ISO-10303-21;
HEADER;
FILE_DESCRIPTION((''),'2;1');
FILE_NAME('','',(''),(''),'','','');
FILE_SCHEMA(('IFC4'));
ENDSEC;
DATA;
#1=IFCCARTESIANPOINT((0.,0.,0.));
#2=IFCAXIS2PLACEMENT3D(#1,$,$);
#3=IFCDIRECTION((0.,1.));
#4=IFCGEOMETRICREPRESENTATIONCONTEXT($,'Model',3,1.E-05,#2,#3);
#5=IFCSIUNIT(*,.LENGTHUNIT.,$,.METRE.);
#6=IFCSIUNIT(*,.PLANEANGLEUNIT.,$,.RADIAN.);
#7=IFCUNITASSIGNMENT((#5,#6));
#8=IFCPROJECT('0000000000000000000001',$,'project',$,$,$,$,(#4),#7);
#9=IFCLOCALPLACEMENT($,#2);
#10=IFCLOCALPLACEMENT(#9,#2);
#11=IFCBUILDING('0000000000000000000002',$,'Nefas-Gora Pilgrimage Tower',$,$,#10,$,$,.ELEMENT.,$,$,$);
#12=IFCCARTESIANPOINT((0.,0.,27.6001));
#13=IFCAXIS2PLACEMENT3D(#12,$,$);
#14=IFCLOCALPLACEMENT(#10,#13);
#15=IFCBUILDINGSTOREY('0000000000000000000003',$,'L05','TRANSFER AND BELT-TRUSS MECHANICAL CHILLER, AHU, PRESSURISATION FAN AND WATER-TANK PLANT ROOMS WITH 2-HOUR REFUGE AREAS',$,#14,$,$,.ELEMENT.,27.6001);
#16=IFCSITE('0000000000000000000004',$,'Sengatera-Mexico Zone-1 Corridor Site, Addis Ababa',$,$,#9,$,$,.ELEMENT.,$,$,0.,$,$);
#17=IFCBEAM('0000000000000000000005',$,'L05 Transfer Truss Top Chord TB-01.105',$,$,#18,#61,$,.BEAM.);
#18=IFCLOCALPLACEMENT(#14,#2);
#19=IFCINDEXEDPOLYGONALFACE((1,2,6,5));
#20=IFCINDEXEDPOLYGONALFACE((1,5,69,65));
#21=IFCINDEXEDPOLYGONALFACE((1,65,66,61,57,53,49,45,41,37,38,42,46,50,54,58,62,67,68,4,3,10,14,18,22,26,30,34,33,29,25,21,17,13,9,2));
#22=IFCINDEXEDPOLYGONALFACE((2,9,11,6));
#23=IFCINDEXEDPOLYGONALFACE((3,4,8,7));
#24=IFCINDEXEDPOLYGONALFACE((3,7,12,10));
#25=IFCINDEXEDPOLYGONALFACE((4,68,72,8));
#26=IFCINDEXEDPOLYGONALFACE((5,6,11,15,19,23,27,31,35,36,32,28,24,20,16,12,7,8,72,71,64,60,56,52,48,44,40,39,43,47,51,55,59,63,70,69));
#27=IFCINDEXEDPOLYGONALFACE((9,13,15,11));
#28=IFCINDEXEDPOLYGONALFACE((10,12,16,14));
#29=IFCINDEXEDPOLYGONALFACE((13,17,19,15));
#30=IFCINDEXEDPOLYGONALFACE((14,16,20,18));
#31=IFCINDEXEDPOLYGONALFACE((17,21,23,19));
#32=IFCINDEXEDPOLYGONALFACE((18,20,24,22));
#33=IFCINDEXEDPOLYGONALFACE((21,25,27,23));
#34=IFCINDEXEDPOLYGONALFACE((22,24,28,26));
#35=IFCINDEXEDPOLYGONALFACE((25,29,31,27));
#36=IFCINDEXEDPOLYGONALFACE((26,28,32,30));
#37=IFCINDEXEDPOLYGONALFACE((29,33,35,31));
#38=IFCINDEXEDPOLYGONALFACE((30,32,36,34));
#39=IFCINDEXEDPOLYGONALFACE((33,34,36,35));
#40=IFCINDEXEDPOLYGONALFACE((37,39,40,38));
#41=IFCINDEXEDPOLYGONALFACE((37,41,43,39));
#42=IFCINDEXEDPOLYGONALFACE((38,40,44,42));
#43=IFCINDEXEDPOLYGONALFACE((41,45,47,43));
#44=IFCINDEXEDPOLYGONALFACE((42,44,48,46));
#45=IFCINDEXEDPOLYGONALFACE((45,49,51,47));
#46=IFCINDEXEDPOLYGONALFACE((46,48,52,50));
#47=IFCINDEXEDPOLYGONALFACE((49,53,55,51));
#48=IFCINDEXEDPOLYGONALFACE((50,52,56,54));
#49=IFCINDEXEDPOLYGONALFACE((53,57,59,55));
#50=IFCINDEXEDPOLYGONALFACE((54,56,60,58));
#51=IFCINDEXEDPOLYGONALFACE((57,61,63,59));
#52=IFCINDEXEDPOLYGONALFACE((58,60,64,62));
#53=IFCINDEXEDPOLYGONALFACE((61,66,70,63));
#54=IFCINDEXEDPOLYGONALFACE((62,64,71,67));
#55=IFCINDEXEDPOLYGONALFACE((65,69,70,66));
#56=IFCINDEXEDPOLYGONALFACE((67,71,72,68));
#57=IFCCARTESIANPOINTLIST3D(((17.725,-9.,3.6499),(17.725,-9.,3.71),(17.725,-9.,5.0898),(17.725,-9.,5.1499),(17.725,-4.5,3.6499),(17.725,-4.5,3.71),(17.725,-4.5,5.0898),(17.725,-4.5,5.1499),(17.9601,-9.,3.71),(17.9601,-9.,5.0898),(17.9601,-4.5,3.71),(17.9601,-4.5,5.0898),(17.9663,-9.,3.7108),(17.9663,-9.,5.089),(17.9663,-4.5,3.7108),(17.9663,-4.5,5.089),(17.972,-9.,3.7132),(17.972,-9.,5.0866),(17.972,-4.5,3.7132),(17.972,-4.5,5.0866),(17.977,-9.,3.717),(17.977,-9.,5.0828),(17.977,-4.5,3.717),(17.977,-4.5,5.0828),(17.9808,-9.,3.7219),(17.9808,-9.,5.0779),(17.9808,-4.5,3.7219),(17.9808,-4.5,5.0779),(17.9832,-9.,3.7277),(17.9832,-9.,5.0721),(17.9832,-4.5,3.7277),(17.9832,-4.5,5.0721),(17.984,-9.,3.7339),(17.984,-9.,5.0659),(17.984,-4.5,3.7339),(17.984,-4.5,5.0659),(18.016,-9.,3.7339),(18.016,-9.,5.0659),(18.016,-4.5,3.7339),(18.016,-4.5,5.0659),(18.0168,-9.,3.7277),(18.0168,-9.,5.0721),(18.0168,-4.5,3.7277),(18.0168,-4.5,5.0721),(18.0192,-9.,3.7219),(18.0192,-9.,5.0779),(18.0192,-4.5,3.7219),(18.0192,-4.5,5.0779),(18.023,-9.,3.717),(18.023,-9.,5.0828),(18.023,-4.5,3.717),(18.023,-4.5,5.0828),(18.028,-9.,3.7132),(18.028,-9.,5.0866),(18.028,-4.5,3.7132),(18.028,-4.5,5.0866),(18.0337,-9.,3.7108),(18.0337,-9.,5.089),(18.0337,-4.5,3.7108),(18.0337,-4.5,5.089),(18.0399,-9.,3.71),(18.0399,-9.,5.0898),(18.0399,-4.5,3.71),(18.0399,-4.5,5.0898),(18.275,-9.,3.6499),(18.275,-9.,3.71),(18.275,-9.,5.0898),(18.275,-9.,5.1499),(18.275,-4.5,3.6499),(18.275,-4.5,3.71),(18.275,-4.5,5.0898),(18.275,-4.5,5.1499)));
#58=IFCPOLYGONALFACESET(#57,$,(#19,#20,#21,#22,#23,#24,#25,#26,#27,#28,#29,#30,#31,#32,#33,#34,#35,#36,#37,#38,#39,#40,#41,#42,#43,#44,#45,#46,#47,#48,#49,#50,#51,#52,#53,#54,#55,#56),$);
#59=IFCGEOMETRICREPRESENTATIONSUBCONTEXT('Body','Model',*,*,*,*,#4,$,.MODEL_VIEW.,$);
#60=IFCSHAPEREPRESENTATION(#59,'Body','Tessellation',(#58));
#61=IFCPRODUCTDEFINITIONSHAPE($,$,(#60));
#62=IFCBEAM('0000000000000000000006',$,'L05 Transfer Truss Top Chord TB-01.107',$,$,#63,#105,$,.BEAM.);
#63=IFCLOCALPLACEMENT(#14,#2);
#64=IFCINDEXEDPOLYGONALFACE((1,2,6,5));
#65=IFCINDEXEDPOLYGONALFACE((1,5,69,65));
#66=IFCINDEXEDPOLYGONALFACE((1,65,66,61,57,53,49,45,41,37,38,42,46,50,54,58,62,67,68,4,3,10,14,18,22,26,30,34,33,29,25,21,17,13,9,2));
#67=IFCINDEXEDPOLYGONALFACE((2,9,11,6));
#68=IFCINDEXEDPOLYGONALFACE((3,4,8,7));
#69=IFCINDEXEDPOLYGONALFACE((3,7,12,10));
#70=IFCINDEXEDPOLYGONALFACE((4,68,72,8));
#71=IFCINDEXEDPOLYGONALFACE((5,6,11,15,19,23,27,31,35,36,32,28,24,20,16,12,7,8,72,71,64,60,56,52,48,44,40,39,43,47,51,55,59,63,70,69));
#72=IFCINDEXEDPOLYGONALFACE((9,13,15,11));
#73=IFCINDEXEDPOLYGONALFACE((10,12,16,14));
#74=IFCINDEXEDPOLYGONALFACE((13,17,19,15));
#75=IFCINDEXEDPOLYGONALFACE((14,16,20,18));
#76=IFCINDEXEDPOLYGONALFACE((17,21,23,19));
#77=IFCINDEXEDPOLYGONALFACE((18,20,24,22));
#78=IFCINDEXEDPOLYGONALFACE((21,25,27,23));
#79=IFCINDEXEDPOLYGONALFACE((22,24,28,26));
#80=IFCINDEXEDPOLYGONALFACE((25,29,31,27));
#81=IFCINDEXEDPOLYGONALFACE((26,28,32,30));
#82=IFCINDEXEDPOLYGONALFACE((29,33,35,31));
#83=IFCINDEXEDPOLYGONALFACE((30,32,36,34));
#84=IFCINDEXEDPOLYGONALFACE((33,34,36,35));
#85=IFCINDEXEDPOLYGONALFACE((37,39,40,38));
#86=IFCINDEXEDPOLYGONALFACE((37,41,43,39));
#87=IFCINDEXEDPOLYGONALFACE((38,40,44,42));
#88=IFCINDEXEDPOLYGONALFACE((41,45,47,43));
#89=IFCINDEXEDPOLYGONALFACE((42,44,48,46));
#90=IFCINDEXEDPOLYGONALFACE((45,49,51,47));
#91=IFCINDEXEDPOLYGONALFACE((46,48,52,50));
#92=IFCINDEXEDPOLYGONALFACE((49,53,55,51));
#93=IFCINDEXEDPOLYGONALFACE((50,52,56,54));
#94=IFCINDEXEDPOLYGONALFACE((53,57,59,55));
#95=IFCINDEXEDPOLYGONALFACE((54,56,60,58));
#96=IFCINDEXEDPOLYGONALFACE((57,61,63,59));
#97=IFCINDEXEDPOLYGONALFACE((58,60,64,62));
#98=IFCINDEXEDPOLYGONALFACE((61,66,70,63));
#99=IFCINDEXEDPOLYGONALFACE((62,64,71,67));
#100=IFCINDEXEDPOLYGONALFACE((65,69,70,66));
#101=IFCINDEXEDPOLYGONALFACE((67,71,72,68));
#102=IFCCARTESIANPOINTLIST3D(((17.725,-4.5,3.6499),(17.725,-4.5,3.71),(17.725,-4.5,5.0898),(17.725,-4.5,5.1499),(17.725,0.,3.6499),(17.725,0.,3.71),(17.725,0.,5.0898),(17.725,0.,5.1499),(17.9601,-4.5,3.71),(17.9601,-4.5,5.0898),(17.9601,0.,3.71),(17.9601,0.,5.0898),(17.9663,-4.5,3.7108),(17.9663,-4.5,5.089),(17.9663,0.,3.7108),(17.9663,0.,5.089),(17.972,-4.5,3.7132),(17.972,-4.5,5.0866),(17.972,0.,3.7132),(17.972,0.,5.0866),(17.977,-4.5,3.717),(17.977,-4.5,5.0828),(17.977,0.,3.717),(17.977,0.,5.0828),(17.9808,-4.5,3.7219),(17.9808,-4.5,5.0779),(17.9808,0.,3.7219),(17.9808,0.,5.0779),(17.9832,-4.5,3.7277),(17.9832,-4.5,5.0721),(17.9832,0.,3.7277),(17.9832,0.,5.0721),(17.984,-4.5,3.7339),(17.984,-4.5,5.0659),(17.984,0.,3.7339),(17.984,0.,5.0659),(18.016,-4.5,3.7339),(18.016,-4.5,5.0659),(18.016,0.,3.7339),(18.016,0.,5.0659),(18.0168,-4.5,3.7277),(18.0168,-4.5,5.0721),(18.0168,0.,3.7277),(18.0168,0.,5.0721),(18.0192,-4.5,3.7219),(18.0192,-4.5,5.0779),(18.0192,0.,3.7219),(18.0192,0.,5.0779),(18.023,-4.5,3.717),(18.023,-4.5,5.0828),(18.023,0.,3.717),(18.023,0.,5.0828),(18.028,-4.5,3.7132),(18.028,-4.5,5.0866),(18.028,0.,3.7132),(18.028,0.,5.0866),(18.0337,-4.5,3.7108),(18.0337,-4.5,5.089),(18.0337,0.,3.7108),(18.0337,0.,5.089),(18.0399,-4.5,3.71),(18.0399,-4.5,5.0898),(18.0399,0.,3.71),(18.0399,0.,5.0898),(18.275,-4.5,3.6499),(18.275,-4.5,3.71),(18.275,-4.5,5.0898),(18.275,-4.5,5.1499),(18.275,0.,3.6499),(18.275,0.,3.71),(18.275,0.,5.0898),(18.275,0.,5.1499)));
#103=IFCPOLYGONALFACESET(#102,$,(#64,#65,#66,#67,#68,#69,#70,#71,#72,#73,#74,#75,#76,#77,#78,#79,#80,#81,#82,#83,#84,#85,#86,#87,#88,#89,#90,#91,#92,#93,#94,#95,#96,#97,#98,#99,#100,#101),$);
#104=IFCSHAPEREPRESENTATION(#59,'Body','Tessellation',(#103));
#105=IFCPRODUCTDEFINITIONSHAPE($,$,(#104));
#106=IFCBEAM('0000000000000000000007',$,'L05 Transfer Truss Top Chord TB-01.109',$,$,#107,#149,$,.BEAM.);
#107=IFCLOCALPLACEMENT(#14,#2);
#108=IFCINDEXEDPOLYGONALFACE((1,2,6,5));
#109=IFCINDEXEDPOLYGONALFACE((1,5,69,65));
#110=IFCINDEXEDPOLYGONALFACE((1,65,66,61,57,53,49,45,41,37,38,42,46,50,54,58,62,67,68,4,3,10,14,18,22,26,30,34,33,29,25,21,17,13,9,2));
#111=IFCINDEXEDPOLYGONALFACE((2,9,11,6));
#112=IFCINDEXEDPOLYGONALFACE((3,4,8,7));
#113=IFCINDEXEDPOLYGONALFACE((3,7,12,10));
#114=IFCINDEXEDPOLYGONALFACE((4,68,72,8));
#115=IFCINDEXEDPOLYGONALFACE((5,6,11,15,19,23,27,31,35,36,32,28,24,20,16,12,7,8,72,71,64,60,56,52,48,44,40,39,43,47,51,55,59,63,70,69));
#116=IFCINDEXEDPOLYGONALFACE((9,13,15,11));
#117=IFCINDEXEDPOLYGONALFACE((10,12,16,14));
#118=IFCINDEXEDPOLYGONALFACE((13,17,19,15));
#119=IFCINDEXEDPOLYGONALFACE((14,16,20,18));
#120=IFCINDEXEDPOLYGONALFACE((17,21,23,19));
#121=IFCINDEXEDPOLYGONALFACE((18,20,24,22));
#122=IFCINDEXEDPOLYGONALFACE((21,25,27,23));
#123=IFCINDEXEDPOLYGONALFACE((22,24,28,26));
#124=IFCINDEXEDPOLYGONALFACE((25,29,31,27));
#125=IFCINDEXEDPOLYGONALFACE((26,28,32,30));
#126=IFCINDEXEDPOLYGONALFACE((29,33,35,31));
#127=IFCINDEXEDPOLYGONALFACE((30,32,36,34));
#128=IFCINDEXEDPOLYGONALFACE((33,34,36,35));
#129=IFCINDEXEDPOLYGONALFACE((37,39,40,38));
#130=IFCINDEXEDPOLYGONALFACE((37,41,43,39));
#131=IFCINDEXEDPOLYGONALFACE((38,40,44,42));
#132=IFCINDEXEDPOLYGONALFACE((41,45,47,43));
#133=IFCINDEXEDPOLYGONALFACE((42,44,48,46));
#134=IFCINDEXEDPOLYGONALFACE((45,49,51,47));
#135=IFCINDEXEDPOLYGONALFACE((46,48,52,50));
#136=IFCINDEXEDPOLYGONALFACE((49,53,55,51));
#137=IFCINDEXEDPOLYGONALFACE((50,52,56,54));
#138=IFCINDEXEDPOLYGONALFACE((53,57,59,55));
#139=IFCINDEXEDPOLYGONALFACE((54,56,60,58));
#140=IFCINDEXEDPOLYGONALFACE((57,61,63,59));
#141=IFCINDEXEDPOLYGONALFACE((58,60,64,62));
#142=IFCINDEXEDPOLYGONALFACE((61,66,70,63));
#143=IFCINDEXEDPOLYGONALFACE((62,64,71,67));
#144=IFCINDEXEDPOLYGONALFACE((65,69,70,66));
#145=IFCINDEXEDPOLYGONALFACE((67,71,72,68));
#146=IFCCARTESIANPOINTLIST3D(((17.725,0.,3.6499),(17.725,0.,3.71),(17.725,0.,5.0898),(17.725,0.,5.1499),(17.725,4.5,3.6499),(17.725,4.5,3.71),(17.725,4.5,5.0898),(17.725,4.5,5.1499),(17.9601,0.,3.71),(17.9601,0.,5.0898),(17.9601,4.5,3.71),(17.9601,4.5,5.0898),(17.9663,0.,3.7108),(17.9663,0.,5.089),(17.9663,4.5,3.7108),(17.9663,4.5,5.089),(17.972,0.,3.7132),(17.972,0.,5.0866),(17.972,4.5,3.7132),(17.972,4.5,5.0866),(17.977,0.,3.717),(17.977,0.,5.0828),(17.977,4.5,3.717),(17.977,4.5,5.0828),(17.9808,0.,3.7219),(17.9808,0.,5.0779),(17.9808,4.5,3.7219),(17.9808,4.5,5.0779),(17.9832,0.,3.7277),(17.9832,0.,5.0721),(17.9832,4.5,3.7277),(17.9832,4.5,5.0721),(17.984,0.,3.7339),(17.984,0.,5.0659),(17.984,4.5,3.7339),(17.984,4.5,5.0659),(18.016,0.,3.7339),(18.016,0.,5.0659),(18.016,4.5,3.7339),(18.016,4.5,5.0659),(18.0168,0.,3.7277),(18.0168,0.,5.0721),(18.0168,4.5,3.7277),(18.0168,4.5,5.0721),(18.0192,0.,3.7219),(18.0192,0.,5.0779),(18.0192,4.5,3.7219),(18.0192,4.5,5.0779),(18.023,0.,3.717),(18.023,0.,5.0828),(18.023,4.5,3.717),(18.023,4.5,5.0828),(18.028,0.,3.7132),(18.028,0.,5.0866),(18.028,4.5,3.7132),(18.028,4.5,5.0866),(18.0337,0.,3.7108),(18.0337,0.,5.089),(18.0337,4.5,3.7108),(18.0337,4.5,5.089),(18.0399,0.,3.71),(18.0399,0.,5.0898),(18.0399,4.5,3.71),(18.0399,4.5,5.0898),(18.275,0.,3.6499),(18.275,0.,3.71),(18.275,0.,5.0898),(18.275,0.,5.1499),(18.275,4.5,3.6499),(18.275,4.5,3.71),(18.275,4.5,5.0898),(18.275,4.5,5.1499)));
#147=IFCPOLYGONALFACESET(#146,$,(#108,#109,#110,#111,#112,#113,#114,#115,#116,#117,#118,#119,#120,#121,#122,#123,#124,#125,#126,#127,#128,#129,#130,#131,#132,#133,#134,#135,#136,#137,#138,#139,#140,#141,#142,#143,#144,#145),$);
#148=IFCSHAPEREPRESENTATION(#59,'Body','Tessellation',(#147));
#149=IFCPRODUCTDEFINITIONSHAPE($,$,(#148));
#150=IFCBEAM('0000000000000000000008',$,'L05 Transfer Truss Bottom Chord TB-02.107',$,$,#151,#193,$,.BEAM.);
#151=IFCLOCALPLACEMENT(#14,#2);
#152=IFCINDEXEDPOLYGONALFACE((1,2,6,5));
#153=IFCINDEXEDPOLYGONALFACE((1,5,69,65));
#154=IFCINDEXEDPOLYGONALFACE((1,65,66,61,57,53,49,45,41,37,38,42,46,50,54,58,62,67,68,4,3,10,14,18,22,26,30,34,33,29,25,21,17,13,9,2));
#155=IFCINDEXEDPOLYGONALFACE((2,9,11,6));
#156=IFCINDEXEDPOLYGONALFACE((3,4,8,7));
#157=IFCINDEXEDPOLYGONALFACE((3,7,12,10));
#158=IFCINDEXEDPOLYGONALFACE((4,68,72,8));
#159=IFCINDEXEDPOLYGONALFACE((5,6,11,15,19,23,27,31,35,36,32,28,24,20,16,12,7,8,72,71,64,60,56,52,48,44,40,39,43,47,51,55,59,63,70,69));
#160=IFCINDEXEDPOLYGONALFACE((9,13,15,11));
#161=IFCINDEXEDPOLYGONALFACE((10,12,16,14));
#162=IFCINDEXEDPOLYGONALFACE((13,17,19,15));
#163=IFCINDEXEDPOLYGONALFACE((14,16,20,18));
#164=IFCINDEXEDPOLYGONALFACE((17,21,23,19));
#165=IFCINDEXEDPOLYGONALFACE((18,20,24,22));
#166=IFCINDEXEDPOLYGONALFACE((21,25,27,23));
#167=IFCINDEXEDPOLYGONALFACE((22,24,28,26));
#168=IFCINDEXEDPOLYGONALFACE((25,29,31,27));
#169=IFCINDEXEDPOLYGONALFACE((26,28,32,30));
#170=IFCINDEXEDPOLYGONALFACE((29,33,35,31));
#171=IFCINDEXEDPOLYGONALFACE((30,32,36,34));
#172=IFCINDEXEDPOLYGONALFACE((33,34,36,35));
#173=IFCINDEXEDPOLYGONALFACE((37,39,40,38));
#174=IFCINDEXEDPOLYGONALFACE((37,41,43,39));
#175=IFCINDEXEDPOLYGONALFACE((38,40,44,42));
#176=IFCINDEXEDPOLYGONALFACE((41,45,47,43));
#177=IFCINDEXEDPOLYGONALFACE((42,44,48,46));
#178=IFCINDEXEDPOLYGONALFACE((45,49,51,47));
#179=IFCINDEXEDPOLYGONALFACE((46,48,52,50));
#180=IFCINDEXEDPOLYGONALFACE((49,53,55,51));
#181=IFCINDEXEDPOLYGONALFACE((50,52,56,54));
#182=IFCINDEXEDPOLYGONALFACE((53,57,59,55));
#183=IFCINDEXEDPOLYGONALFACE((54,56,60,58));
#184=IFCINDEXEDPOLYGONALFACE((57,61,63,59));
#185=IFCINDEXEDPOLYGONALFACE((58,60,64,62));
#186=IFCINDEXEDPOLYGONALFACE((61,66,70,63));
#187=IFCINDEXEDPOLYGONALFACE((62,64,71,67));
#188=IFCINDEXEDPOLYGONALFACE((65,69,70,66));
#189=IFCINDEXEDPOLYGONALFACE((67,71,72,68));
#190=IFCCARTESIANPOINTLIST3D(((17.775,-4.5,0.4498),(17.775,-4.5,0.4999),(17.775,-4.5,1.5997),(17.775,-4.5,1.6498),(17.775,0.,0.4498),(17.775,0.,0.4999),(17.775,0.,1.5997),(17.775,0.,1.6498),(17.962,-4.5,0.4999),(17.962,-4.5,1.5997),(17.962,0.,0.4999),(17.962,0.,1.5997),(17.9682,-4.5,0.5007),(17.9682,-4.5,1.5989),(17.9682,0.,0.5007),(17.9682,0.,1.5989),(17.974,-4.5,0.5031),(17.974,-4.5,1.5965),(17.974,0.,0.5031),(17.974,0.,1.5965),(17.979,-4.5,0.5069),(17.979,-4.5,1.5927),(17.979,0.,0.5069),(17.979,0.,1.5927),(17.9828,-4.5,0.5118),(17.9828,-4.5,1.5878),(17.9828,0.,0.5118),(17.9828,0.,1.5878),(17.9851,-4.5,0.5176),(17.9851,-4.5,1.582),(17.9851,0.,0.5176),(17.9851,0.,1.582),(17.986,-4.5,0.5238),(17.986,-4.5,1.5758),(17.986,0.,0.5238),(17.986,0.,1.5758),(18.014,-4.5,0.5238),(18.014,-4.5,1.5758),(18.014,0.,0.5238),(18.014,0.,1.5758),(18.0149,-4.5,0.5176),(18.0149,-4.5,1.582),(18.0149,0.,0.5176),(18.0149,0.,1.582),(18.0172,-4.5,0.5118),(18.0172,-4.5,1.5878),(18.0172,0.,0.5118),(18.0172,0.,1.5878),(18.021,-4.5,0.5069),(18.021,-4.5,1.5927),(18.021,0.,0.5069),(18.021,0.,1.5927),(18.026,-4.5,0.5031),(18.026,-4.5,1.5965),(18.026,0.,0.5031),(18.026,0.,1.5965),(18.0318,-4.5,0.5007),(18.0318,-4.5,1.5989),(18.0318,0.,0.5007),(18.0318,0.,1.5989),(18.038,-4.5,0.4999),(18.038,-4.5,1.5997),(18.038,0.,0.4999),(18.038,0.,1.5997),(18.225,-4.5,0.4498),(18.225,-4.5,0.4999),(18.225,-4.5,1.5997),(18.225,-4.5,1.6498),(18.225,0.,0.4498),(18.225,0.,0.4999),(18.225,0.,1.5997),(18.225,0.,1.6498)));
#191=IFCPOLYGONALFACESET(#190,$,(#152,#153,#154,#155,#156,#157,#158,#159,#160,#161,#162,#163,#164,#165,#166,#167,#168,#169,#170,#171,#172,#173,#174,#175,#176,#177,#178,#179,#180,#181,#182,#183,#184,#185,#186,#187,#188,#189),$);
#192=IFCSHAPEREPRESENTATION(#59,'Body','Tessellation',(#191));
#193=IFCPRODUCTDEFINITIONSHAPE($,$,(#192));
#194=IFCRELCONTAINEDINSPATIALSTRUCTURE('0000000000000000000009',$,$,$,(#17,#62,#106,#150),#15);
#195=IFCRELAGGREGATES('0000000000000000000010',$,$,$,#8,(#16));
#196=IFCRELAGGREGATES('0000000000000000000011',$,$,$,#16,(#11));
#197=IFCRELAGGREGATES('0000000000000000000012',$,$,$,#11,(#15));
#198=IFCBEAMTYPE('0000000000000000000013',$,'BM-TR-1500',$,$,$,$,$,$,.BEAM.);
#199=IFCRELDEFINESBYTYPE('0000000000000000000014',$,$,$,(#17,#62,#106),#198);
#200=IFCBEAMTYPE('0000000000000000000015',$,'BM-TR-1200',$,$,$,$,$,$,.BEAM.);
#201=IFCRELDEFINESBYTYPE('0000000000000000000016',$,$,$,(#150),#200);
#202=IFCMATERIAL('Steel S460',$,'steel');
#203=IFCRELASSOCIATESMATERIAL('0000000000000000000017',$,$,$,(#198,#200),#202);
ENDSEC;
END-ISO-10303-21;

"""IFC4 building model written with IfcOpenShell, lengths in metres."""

from ifc_helpers import new_model, si_unit, direction, frame, origin, origin_2d, place, context, subcontext, project, spatial, i_section, extrude, source, transform, mapped, material, material_profile, profile_set, type_object, element, save


model = new_model("IFC4")

# Units and contexts
model_context = context("Model", 3, precision=1e-05, world=origin(), true_north=direction((0.0, 1.0)))
body_context = subcontext(model_context, "Body", "Model", "MODEL_VIEW")
ifc_project = project(units=[si_unit("LENGTHUNIT", "METRE"), si_unit("PLANEANGLEUNIT", "RADIAN")], contexts=[model_context])

# Site, building, storey
site_placement = place(None, origin())
site = spatial("IfcSite", under=ifc_project, at=site_placement, Name="Sengatera-Mexico Zone-1 Corridor Site, Addis Ababa", CompositionType="ELEMENT", RefElevation=0.0)
building_placement = place(site_placement, origin())
building = spatial("IfcBuilding", under=site, at=building_placement, Name="Nefas-Gora Pilgrimage Tower", CompositionType="ELEMENT")
storey_placement = place(building_placement, frame((0.0, 0.0, 27.6001)))
storey = spatial("IfcBuildingStorey", under=building, at=storey_placement, Name="L05", Description="TRANSFER AND BELT-TRUSS MECHANICAL CHILLER, AHU, PRESSURISATION FAN AND WATER-TANK PLANT ROOMS WITH 2-HOUR REFUGE AREAS", CompositionType="ELEMENT", Elevation=27.6001)

# Shared definitions
ifc_material_1 = material(Name="Steel S460", Category="steel")

# Beams
ifc_material_profile_1 = material_profile(ifc_material_1, i_section(OverallWidth=0.55, OverallDepth=1.5, WebThickness=0.032, FlangeThickness=0.0601, FilletRadius=0.0239, at=origin_2d()), Name="WPG 1500x550x32x60")
ifc_profile_set_1 = profile_set([ifc_material_profile_1], Name="Steel S460")
beam_type_1 = type_object("IfcBeamType", Name="BM-TR-1500", PredefinedType="BEAM", material=ifc_profile_set_1)
shared_shape_1 = source(origin(), body_context, "Body", "SweptSolid", [
    extrude(i_section(OverallWidth=0.55, OverallDepth=1.5, WebThickness=0.032, FlangeThickness=0.0601, FilletRadius=0.0239, at=origin_2d()), origin(), (0.0, 0.0, 1.0), 4.5),
])
for number, where, z_axis, x_axis, name in (
    (1, (18.0, -9.0, 4.3999), (0.0, 1.0, 0.0), (-1.0, 0.0, 0.0), "L05 Transfer Truss Top Chord TB-01.105"),
    (2, (18.0, -4.5, 4.3999), (0.0, 1.0, 0.0), (-1.0, 0.0, 0.0), "L05 Transfer Truss Top Chord TB-01.107"),
    (3, (18.0, 0.0, 4.3999), (0.0, 1.0, 0.0), (-1.0, 0.0, 0.0), "L05 Transfer Truss Top Chord TB-01.109"),
):
    element("IfcBeam", number, at=place(storey_placement, frame(where, z_axis=z_axis, x_axis=x_axis)), inside=storey, type_object=beam_type_1, Name=name, PredefinedType="BEAM", context=body_context, shape_type="MappedRepresentation", body=[
        mapped(shared_shape_1, transform((0.0, 0.0, 0.0), x_axis=(1.0, 0.0, 0.0), y_axis=(0.0, 1.0, 0.0), z_axis=(0.0, 0.0, 1.0), scale=1.0)),
    ])
ifc_material_profile_2 = material_profile(ifc_material_1, i_section(OverallWidth=0.45, OverallDepth=1.2, WebThickness=0.0281, FlangeThickness=0.05, FilletRadius=0.0239, at=origin_2d()), Name="WPG 1200x450x28x50")
ifc_profile_set_2 = profile_set([ifc_material_profile_2], Name="Steel S460")
beam_type_2 = type_object("IfcBeamType", Name="BM-TR-1200", PredefinedType="BEAM", material=ifc_profile_set_2)
shared_shape_2 = source(origin(), body_context, "Body", "SweptSolid", [
    extrude(i_section(OverallWidth=0.45, OverallDepth=1.2, WebThickness=0.0281, FlangeThickness=0.05, FilletRadius=0.0239, at=origin_2d()), origin(), (0.0, 0.0, 1.0), 4.5),
])
for number, where, z_axis, x_axis, name in (
    (4, (18.0, -4.5, 1.0498), (0.0, 1.0, 0.0), (-1.0, 0.0, 0.0), "L05 Transfer Truss Bottom Chord TB-02.107"),
):
    element("IfcBeam", number, at=place(storey_placement, frame(where, z_axis=z_axis, x_axis=x_axis)), inside=storey, type_object=beam_type_2, Name=name, PredefinedType="BEAM", context=body_context, shape_type="MappedRepresentation", body=[
        mapped(shared_shape_2, transform((0.0, 0.0, 0.0), x_axis=(1.0, 0.0, 0.0), y_axis=(0.0, 1.0, 0.0), z_axis=(0.0, 0.0, 1.0), scale=1.0)),
    ])

save(model, "model.ifc")
